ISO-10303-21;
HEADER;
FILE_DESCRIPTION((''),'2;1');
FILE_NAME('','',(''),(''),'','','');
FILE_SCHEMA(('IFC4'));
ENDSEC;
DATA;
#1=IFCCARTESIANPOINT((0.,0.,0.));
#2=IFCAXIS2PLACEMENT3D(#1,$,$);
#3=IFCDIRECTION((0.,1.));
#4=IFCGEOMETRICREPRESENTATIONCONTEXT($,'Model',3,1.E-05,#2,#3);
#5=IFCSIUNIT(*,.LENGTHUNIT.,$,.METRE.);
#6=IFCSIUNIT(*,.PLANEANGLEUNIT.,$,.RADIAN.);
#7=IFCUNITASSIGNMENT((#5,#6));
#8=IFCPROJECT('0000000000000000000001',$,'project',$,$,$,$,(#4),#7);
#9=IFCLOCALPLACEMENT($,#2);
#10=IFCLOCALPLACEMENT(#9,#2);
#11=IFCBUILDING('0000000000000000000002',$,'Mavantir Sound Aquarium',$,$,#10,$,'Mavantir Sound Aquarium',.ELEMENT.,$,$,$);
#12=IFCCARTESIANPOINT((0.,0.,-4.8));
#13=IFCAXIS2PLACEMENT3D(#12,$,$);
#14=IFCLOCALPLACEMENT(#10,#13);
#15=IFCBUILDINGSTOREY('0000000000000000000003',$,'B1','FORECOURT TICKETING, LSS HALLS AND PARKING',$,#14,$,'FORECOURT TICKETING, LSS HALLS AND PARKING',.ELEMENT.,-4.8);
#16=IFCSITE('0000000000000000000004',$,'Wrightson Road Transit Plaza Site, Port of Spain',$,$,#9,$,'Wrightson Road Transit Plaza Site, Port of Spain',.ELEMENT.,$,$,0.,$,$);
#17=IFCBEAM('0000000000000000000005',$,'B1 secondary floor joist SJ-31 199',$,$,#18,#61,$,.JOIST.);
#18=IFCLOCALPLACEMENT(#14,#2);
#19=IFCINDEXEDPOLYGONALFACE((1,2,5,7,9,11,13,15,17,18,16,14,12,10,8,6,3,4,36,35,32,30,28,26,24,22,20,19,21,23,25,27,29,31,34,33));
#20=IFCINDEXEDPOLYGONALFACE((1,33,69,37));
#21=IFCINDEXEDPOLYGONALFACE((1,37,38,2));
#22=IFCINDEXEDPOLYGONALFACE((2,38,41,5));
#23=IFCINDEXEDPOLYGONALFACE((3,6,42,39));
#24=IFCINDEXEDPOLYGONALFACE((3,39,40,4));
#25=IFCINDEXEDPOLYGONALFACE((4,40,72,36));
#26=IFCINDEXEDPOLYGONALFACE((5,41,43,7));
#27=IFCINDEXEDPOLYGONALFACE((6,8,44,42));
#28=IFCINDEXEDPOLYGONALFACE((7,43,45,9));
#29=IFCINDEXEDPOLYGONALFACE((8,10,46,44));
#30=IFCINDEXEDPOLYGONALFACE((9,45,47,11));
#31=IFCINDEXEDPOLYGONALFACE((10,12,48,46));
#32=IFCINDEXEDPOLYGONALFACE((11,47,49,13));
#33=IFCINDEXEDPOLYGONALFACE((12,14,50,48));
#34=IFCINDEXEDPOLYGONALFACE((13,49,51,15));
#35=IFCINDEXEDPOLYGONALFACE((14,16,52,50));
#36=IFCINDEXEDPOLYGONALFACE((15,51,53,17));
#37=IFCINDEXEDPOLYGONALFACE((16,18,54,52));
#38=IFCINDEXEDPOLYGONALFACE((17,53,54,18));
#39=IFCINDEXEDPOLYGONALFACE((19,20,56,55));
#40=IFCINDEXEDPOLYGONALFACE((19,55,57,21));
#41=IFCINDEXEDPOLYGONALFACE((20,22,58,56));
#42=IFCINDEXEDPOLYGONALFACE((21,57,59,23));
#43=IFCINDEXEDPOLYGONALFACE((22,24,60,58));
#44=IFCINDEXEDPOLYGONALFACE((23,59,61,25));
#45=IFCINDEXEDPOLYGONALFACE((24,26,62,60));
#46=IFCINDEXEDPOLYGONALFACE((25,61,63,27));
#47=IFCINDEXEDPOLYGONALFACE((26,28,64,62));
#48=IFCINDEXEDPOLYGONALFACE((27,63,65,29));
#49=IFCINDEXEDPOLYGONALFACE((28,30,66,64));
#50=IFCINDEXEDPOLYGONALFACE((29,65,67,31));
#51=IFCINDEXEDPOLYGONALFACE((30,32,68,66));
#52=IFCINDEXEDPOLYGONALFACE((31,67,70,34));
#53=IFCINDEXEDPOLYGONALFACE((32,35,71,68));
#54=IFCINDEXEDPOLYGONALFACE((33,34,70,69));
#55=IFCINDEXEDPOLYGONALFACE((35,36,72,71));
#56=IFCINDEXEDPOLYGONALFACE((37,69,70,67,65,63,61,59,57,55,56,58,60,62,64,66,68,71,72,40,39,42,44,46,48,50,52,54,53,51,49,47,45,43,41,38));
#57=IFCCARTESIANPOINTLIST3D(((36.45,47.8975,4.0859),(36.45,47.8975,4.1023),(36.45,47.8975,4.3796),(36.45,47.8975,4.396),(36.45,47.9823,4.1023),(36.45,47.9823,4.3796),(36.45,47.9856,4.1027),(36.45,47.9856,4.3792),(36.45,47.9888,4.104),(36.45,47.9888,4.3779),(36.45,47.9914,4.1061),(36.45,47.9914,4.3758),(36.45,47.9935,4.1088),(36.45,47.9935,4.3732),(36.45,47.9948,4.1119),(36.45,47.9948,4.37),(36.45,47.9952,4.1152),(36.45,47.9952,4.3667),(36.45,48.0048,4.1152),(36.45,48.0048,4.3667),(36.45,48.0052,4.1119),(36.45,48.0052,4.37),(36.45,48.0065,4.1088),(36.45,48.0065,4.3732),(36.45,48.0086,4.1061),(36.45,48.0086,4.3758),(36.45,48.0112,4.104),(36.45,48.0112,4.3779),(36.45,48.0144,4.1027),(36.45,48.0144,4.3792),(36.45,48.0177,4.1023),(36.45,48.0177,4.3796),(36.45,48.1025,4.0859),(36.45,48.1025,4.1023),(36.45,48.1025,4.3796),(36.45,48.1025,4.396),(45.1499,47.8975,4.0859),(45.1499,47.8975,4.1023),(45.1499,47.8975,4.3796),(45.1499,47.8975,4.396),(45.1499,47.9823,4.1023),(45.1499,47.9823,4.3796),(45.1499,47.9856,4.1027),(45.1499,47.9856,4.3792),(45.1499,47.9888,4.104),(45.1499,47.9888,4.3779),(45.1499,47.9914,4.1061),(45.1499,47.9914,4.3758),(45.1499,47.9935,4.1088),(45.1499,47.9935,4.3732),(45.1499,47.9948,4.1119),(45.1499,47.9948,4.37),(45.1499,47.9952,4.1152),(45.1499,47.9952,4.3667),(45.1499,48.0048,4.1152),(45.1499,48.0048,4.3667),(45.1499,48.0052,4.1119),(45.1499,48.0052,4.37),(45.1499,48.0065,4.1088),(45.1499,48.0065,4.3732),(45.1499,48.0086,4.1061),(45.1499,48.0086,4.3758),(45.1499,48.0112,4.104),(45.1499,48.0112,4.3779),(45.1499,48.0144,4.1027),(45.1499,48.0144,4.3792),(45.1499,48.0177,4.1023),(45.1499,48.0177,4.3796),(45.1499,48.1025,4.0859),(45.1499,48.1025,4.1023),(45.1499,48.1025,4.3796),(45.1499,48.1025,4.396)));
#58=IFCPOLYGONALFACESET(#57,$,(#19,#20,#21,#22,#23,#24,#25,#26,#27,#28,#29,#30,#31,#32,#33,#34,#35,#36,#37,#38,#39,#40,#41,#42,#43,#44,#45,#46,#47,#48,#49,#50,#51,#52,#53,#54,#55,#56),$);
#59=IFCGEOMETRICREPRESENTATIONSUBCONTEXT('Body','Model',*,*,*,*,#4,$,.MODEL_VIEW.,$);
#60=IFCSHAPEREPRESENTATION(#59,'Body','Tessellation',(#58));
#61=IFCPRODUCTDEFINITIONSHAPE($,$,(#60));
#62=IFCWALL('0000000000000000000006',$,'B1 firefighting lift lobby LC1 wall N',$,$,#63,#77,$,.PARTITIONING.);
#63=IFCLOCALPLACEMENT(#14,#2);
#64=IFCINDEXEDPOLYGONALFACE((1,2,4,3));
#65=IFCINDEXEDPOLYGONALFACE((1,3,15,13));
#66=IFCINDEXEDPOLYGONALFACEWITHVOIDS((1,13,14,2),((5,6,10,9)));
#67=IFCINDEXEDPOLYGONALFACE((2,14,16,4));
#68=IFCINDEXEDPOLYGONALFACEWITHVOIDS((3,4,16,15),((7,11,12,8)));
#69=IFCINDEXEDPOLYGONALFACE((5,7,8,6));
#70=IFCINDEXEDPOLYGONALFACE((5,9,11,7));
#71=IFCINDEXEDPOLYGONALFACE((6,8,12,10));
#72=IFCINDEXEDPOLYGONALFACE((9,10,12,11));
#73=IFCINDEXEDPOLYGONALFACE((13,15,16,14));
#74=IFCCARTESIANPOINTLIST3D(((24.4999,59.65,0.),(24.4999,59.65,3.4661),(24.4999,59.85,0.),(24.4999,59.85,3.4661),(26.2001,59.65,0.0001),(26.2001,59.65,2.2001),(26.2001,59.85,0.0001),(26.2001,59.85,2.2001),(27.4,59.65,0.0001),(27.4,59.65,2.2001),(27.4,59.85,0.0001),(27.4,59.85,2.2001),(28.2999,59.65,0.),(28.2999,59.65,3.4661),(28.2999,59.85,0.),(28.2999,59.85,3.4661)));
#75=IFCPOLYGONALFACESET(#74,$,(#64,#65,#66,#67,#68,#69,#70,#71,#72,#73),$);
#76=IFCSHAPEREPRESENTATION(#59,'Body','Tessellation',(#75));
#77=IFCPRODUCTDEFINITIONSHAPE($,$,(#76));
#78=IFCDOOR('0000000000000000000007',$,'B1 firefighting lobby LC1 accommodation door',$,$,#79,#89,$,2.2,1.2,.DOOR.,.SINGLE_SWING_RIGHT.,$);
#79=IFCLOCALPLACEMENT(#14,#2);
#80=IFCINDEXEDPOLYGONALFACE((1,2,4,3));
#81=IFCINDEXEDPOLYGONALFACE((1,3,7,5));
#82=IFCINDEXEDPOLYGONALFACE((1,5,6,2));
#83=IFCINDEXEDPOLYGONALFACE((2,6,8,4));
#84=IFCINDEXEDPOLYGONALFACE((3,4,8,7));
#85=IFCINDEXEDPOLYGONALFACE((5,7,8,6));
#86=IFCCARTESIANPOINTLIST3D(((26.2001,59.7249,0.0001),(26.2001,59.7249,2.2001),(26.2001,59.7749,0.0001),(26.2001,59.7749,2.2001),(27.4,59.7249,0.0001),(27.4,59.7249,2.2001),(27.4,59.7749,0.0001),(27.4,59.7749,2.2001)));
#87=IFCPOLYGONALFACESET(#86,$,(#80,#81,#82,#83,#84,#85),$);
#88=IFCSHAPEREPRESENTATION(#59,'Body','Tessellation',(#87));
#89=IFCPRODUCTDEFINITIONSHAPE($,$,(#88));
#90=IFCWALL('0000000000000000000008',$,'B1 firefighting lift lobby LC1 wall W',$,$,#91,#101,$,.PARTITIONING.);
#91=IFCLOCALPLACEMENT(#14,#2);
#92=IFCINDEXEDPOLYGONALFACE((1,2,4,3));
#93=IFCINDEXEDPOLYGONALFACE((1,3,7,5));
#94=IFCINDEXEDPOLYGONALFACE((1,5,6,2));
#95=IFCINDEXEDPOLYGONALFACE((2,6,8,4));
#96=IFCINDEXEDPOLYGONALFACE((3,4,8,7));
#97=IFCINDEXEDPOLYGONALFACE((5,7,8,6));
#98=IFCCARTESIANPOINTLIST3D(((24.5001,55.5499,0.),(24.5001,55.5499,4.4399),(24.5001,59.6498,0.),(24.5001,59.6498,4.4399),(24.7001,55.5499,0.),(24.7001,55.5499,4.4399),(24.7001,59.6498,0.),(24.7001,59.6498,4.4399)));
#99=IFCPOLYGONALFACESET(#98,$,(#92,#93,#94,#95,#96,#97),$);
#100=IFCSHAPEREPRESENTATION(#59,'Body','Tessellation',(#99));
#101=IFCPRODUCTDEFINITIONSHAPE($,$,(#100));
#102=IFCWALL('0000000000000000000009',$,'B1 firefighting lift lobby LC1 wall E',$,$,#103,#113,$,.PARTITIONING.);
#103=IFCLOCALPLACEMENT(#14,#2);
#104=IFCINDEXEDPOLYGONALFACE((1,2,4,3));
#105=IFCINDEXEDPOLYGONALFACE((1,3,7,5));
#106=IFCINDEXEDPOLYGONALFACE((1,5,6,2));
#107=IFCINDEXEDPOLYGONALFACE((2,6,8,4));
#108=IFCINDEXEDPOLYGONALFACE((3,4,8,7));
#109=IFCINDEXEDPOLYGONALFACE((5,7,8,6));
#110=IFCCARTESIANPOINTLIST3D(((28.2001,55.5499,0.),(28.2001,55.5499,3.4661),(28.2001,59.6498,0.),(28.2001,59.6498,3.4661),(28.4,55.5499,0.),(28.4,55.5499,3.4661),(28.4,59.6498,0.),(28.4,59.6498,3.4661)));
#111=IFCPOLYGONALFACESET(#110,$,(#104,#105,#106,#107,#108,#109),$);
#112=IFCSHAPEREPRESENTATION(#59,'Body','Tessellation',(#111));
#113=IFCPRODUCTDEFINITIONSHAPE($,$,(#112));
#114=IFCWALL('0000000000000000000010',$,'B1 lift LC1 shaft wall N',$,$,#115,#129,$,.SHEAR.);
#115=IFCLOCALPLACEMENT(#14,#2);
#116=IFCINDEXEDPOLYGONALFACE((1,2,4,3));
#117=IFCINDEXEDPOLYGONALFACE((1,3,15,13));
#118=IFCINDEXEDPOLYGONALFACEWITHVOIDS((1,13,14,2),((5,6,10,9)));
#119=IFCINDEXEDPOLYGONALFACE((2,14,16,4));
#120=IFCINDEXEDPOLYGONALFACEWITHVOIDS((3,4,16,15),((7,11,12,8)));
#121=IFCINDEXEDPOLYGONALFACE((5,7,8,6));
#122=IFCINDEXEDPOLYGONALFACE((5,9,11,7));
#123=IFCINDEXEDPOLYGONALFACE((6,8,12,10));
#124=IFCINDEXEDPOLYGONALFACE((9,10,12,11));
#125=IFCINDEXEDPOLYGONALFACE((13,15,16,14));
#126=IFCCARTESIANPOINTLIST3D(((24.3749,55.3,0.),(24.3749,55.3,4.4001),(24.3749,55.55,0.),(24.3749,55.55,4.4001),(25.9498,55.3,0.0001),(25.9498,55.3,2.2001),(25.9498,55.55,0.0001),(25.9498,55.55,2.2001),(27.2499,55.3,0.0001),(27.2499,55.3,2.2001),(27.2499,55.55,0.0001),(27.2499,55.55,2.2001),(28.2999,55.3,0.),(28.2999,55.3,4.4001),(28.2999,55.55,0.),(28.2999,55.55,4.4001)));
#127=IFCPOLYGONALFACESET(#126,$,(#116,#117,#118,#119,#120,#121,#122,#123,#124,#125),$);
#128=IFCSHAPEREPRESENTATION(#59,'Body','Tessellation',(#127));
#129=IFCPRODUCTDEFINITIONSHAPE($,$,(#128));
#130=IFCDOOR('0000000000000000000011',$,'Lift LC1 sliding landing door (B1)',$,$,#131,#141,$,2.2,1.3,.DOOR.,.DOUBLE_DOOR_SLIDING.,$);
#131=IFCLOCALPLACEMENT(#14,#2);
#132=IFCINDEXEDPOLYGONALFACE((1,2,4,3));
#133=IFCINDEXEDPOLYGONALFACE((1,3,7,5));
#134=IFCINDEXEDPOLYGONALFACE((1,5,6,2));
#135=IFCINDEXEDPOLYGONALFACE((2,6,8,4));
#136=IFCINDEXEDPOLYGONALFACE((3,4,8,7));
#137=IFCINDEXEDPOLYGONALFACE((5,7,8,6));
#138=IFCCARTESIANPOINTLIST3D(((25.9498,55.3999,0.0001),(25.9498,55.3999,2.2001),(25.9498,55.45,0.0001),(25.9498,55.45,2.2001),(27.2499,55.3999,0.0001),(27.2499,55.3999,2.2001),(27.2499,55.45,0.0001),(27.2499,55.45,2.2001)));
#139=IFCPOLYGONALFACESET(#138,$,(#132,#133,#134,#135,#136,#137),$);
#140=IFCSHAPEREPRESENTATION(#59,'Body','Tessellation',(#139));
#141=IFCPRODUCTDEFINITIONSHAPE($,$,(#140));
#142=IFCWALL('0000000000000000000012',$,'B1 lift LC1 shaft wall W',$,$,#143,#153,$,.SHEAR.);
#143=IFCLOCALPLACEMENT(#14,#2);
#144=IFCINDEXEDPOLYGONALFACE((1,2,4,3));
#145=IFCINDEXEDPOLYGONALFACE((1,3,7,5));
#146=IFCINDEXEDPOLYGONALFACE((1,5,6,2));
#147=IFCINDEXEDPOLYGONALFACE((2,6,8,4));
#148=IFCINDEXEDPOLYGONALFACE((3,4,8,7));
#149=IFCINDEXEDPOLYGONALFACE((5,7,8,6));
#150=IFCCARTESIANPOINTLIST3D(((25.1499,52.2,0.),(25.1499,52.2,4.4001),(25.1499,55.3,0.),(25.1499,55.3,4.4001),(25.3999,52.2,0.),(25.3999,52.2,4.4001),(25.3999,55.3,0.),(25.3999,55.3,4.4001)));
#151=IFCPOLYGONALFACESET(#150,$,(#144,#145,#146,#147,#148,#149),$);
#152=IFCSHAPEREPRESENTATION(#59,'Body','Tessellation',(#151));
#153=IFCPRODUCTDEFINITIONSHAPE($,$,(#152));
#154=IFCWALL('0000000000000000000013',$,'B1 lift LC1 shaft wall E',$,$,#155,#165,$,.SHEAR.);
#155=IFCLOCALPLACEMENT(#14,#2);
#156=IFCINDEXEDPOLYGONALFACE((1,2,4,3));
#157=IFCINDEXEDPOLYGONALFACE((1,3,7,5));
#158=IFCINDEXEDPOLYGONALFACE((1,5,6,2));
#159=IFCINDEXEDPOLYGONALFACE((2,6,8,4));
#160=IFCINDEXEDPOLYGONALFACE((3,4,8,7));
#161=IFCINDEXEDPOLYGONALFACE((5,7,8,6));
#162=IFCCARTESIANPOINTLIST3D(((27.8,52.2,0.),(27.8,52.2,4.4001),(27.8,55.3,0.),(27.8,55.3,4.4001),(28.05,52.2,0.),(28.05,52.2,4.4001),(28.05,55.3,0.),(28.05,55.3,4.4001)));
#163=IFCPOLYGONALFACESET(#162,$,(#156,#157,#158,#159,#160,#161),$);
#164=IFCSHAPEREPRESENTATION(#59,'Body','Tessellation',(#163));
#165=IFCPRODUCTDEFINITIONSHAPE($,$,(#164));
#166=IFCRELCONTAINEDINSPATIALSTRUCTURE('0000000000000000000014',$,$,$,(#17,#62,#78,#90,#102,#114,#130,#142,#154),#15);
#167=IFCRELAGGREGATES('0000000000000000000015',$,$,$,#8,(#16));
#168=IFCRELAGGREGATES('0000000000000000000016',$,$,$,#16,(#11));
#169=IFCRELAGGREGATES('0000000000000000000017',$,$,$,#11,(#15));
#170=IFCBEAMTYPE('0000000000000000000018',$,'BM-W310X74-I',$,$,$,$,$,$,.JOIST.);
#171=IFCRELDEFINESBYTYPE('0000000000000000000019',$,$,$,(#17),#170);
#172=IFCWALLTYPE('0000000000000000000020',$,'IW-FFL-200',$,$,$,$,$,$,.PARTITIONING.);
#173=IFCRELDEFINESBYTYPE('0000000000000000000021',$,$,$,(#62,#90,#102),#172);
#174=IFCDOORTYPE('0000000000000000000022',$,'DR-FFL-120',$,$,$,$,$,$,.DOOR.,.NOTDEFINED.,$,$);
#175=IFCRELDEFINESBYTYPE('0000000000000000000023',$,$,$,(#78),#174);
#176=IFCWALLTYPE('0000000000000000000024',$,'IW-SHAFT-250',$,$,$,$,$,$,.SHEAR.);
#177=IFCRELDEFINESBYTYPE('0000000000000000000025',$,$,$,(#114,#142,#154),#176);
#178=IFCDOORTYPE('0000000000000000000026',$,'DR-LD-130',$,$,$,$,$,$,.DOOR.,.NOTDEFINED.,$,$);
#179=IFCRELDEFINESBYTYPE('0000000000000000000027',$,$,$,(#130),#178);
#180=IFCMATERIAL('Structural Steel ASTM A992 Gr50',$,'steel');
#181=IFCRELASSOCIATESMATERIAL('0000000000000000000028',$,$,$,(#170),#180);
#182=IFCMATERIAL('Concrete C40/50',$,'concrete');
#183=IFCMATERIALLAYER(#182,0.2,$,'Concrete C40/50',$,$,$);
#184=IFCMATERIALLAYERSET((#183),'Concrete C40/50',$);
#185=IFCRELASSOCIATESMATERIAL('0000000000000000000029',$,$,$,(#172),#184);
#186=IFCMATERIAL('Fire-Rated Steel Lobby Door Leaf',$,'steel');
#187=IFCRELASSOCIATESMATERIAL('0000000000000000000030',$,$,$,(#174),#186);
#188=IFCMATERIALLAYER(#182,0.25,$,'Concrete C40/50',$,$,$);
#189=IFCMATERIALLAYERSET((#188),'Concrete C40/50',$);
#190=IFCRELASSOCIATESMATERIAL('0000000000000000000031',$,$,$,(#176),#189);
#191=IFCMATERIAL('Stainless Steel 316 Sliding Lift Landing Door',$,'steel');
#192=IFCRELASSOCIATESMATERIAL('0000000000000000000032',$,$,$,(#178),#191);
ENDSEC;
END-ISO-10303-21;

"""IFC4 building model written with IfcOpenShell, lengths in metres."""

from ifc_helpers import new_model, si_unit, direction, frame, frame_2d, origin, origin_2d, place, context, subcontext, project, spatial, rectangle, i_section, extrude, material, layer, layer_set, material_profile, profile_set, type_object, element, fill, save


model = new_model("IFC4")

# Units and contexts
model_context = context("Model", 3, precision=1e-05, world=origin(), true_north=direction((0.0, 1.0)))
body_context = subcontext(model_context, "Body", "Model", "MODEL_VIEW")
ifc_project = project(units=[si_unit("LENGTHUNIT", "METRE"), si_unit("PLANEANGLEUNIT", "RADIAN")], contexts=[model_context])

# Site, building, storey
site_placement = place(None, origin())
site = spatial("IfcSite", under=ifc_project, at=site_placement, Name="Wrightson Road Transit Plaza Site, Port of Spain", LongName="Wrightson Road Transit Plaza Site, Port of Spain", CompositionType="ELEMENT", RefElevation=0.0)
building_placement = place(site_placement, origin())
building = spatial("IfcBuilding", under=site, at=building_placement, Name="Mavantir Sound Aquarium", LongName="Mavantir Sound Aquarium", CompositionType="ELEMENT")
storey_placement = place(building_placement, frame((0.0, 0.0, -4.8)))
storey = spatial("IfcBuildingStorey", under=building, at=storey_placement, Name="B1", Description="FORECOURT TICKETING, LSS HALLS AND PARKING", LongName="FORECOURT TICKETING, LSS HALLS AND PARKING", CompositionType="ELEMENT", Elevation=-4.8)

# Shared definitions
ifc_material_1 = material(Name="Concrete C40/50", Category="concrete")

# Beam
ifc_material_2 = material(Name="Structural Steel ASTM A992 Gr50", Category="steel")
ifc_material_profile_1 = material_profile(ifc_material_2, i_section(OverallWidth=0.2051, OverallDepth=0.3101, WebThickness=0.0095, FlangeThickness=0.0164, FilletRadius=0.0129, at=origin_2d()), Name="W310X74")
ifc_profile_set_1 = profile_set([ifc_material_profile_1], Name="Structural Steel ASTM A992 Gr50")
beam_type_1 = type_object("IfcBeamType", Name="BM-W310X74-I", PredefinedType="JOIST", material=ifc_profile_set_1)
beam_1_placement = place(storey_placement, frame((36.45, 48.0, 4.241), z_axis=(1.0, 0.0, 0.0), x_axis=(0.0, 1.0, 0.0)))
element("IfcBeam", 1, at=beam_1_placement, inside=storey, type_object=beam_type_1, Name="B1 secondary floor joist SJ-31 199", PredefinedType="JOIST", context=body_context, shape_type="SweptSolid", body=[
    extrude(i_section(OverallWidth=0.2051, OverallDepth=0.3101, WebThickness=0.0095, FlangeThickness=0.0164, FilletRadius=0.0129, at=origin_2d()), origin(), (0.0, 0.0, 1.0), 8.7),
])

# Wall, opening, door
ifc_layer_1 = layer(ifc_material_1, 0.2, Name="Concrete C40/50")
ifc_layer_set_1 = layer_set([ifc_layer_1], Name="Concrete C40/50")
wall_type_1 = type_object("IfcWallType", Name="IW-FFL-200", PredefinedType="PARTITIONING", material=ifc_layer_set_1)
wall_1_placement = place(storey_placement, frame((24.5, 59.75, 0.0), z_axis=(0.0, 0.0, 1.0), x_axis=(1.0, 0.0, 0.0)))
wall_1 = element("IfcWall", 2, at=wall_1_placement, inside=storey, type_object=wall_type_1, Name="B1 firefighting lift lobby LC1 wall N", PredefinedType="PARTITIONING", context=body_context, shape_type="SweptSolid", body=[
    extrude(rectangle(XDim=3.8, YDim=0.2, at=frame_2d((1.8999, 0.0))), origin(), (0.0, 0.0, 1.0), 3.4661),
])
opening_1_placement = place(wall_1_placement, frame((1.7, 0.0, 0.0)))
opening_1 = element("IfcOpeningElement", 3, at=opening_1_placement, cuts=wall_1, PredefinedType="OPENING", context=body_context, shape_type="SweptSolid", body=[
    extrude(rectangle(XDim=1.2, YDim=2.2, at=frame_2d((0.6001, 1.1001))), frame((0.0, 0.1099, 0.0), z_axis=(0.0, -1.0, 0.0), x_axis=(1.0, 0.0, 0.0)), (0.0, 0.0, 1.0), 0.22),
])
ifc_material_3 = material(Name="Fire-Rated Steel Lobby Door Leaf", Category="steel")
door_type_1 = type_object("IfcDoorType", Name="DR-FFL-120", OperationType="NOTDEFINED", PredefinedType="DOOR", material=ifc_material_3)
door_1_placement = place(opening_1_placement, origin())
door_1 = element("IfcDoor", 4, at=door_1_placement, inside=storey, type_object=door_type_1, Name="B1 firefighting lobby LC1 accommodation door", OperationType="SINGLE_SWING_RIGHT", OverallHeight=2.2, OverallWidth=1.2, PredefinedType="DOOR", context=body_context, shape_type="SweptSolid", body=[
    extrude(rectangle(XDim=1.2, YDim=2.2, at=frame_2d((0.6001, 1.1001))), frame((0.0, 0.0249, 0.0), z_axis=(0.0, -1.0, 0.0), x_axis=(1.0, 0.0, 0.0)), (0.0, 0.0, 1.0), 0.05),
])
fill(opening_1, door_1)

# Walls
wall_2_placement = place(storey_placement, frame((24.6001, 55.55, 0.0), z_axis=(0.0, 0.0, 1.0), x_axis=(0.0, 1.0, 0.0)))
element("IfcWall", 5, at=wall_2_placement, inside=storey, type_object=wall_type_1, Name="B1 firefighting lift lobby LC1 wall W", PredefinedType="PARTITIONING", context=body_context, shape_type="SweptSolid", body=[
    extrude(rectangle(XDim=4.0999, YDim=0.2, at=frame_2d((2.0498, 0.0))), origin(), (0.0, 0.0, 1.0), 4.4399),
])
wall_3_placement = place(storey_placement, frame((28.3, 55.55, 0.0), z_axis=(0.0, 0.0, 1.0), x_axis=(0.0, 1.0, 0.0)))
element("IfcWall", 6, at=wall_3_placement, inside=storey, type_object=wall_type_1, Name="B1 firefighting lift lobby LC1 wall E", PredefinedType="PARTITIONING", context=body_context, shape_type="SweptSolid", body=[
    extrude(rectangle(XDim=4.0999, YDim=0.2, at=frame_2d((2.0498, 0.0))), origin(), (0.0, 0.0, 1.0), 3.4661),
])

# Wall, opening, door
ifc_layer_2 = layer(ifc_material_1, 0.25, Name="Concrete C40/50")
ifc_layer_set_2 = layer_set([ifc_layer_2], Name="Concrete C40/50")
wall_type_2 = type_object("IfcWallType", Name="IW-SHAFT-250", PredefinedType="SHEAR", material=ifc_layer_set_2)
wall_4_placement = place(storey_placement, frame((24.375, 55.425, 0.0), z_axis=(0.0, 0.0, 1.0), x_axis=(1.0, 0.0, 0.0)))
wall_4 = element("IfcWall", 7, at=wall_4_placement, inside=storey, type_object=wall_type_2, Name="B1 lift LC1 shaft wall N", PredefinedType="SHEAR", context=body_context, shape_type="SweptSolid", body=[
    extrude(rectangle(XDim=3.925, YDim=0.25, at=frame_2d((1.9624, 0.0))), origin(), (0.0, 0.0, 1.0), 4.4001),
])
opening_2_placement = place(wall_4_placement, frame((1.575, 0.0, 0.0)))
opening_2 = element("IfcOpeningElement", 8, at=opening_2_placement, cuts=wall_4, PredefinedType="OPENING", context=body_context, shape_type="SweptSolid", body=[
    extrude(rectangle(XDim=1.3, YDim=2.2, at=frame_2d((0.6499, 1.1001))), frame((0.0, 0.135, 0.0), z_axis=(0.0, -1.0, 0.0), x_axis=(1.0, 0.0, 0.0)), (0.0, 0.0, 1.0), 0.27),
])
ifc_material_4 = material(Name="Stainless Steel 316 Sliding Lift Landing Door", Category="steel")
door_type_2 = type_object("IfcDoorType", Name="DR-LD-130", OperationType="NOTDEFINED", PredefinedType="DOOR", material=ifc_material_4)
door_2_placement = place(opening_2_placement, origin())
door_2 = element("IfcDoor", 9, at=door_2_placement, inside=storey, type_object=door_type_2, Name="Lift LC1 sliding landing door (B1)", OperationType="DOUBLE_DOOR_SLIDING", OverallHeight=2.2, OverallWidth=1.3, PredefinedType="DOOR", context=body_context, shape_type="SweptSolid", body=[
    extrude(rectangle(XDim=1.3, YDim=2.2, at=frame_2d((0.6499, 1.1001))), frame((0.0, 0.0249, 0.0), z_axis=(0.0, -1.0, 0.0), x_axis=(1.0, 0.0, 0.0)), (0.0, 0.0, 1.0), 0.05),
])
fill(opening_2, door_2)

# Walls
for number, where, z_axis, x_axis, name in (
    (10, (25.2749, 52.2, 0.0), (0.0, 0.0, 1.0), (0.0, 1.0, 0.0), "B1 lift LC1 shaft wall W"),
    (11, (27.925, 52.2, 0.0), (0.0, 0.0, 1.0), (0.0, 1.0, 0.0), "B1 lift LC1 shaft wall E"),
):
    element("IfcWall", number, at=place(storey_placement, frame(where, z_axis=z_axis, x_axis=x_axis)), inside=storey, type_object=wall_type_2, Name=name, PredefinedType="SHEAR", context=body_context, shape_type="SweptSolid", body=[
        extrude(rectangle(XDim=3.1001, YDim=0.25, at=frame_2d((1.55, 0.0))), origin(), (0.0, 0.0, 1.0), 4.4001),
    ])

save(model, "model.ifc")
